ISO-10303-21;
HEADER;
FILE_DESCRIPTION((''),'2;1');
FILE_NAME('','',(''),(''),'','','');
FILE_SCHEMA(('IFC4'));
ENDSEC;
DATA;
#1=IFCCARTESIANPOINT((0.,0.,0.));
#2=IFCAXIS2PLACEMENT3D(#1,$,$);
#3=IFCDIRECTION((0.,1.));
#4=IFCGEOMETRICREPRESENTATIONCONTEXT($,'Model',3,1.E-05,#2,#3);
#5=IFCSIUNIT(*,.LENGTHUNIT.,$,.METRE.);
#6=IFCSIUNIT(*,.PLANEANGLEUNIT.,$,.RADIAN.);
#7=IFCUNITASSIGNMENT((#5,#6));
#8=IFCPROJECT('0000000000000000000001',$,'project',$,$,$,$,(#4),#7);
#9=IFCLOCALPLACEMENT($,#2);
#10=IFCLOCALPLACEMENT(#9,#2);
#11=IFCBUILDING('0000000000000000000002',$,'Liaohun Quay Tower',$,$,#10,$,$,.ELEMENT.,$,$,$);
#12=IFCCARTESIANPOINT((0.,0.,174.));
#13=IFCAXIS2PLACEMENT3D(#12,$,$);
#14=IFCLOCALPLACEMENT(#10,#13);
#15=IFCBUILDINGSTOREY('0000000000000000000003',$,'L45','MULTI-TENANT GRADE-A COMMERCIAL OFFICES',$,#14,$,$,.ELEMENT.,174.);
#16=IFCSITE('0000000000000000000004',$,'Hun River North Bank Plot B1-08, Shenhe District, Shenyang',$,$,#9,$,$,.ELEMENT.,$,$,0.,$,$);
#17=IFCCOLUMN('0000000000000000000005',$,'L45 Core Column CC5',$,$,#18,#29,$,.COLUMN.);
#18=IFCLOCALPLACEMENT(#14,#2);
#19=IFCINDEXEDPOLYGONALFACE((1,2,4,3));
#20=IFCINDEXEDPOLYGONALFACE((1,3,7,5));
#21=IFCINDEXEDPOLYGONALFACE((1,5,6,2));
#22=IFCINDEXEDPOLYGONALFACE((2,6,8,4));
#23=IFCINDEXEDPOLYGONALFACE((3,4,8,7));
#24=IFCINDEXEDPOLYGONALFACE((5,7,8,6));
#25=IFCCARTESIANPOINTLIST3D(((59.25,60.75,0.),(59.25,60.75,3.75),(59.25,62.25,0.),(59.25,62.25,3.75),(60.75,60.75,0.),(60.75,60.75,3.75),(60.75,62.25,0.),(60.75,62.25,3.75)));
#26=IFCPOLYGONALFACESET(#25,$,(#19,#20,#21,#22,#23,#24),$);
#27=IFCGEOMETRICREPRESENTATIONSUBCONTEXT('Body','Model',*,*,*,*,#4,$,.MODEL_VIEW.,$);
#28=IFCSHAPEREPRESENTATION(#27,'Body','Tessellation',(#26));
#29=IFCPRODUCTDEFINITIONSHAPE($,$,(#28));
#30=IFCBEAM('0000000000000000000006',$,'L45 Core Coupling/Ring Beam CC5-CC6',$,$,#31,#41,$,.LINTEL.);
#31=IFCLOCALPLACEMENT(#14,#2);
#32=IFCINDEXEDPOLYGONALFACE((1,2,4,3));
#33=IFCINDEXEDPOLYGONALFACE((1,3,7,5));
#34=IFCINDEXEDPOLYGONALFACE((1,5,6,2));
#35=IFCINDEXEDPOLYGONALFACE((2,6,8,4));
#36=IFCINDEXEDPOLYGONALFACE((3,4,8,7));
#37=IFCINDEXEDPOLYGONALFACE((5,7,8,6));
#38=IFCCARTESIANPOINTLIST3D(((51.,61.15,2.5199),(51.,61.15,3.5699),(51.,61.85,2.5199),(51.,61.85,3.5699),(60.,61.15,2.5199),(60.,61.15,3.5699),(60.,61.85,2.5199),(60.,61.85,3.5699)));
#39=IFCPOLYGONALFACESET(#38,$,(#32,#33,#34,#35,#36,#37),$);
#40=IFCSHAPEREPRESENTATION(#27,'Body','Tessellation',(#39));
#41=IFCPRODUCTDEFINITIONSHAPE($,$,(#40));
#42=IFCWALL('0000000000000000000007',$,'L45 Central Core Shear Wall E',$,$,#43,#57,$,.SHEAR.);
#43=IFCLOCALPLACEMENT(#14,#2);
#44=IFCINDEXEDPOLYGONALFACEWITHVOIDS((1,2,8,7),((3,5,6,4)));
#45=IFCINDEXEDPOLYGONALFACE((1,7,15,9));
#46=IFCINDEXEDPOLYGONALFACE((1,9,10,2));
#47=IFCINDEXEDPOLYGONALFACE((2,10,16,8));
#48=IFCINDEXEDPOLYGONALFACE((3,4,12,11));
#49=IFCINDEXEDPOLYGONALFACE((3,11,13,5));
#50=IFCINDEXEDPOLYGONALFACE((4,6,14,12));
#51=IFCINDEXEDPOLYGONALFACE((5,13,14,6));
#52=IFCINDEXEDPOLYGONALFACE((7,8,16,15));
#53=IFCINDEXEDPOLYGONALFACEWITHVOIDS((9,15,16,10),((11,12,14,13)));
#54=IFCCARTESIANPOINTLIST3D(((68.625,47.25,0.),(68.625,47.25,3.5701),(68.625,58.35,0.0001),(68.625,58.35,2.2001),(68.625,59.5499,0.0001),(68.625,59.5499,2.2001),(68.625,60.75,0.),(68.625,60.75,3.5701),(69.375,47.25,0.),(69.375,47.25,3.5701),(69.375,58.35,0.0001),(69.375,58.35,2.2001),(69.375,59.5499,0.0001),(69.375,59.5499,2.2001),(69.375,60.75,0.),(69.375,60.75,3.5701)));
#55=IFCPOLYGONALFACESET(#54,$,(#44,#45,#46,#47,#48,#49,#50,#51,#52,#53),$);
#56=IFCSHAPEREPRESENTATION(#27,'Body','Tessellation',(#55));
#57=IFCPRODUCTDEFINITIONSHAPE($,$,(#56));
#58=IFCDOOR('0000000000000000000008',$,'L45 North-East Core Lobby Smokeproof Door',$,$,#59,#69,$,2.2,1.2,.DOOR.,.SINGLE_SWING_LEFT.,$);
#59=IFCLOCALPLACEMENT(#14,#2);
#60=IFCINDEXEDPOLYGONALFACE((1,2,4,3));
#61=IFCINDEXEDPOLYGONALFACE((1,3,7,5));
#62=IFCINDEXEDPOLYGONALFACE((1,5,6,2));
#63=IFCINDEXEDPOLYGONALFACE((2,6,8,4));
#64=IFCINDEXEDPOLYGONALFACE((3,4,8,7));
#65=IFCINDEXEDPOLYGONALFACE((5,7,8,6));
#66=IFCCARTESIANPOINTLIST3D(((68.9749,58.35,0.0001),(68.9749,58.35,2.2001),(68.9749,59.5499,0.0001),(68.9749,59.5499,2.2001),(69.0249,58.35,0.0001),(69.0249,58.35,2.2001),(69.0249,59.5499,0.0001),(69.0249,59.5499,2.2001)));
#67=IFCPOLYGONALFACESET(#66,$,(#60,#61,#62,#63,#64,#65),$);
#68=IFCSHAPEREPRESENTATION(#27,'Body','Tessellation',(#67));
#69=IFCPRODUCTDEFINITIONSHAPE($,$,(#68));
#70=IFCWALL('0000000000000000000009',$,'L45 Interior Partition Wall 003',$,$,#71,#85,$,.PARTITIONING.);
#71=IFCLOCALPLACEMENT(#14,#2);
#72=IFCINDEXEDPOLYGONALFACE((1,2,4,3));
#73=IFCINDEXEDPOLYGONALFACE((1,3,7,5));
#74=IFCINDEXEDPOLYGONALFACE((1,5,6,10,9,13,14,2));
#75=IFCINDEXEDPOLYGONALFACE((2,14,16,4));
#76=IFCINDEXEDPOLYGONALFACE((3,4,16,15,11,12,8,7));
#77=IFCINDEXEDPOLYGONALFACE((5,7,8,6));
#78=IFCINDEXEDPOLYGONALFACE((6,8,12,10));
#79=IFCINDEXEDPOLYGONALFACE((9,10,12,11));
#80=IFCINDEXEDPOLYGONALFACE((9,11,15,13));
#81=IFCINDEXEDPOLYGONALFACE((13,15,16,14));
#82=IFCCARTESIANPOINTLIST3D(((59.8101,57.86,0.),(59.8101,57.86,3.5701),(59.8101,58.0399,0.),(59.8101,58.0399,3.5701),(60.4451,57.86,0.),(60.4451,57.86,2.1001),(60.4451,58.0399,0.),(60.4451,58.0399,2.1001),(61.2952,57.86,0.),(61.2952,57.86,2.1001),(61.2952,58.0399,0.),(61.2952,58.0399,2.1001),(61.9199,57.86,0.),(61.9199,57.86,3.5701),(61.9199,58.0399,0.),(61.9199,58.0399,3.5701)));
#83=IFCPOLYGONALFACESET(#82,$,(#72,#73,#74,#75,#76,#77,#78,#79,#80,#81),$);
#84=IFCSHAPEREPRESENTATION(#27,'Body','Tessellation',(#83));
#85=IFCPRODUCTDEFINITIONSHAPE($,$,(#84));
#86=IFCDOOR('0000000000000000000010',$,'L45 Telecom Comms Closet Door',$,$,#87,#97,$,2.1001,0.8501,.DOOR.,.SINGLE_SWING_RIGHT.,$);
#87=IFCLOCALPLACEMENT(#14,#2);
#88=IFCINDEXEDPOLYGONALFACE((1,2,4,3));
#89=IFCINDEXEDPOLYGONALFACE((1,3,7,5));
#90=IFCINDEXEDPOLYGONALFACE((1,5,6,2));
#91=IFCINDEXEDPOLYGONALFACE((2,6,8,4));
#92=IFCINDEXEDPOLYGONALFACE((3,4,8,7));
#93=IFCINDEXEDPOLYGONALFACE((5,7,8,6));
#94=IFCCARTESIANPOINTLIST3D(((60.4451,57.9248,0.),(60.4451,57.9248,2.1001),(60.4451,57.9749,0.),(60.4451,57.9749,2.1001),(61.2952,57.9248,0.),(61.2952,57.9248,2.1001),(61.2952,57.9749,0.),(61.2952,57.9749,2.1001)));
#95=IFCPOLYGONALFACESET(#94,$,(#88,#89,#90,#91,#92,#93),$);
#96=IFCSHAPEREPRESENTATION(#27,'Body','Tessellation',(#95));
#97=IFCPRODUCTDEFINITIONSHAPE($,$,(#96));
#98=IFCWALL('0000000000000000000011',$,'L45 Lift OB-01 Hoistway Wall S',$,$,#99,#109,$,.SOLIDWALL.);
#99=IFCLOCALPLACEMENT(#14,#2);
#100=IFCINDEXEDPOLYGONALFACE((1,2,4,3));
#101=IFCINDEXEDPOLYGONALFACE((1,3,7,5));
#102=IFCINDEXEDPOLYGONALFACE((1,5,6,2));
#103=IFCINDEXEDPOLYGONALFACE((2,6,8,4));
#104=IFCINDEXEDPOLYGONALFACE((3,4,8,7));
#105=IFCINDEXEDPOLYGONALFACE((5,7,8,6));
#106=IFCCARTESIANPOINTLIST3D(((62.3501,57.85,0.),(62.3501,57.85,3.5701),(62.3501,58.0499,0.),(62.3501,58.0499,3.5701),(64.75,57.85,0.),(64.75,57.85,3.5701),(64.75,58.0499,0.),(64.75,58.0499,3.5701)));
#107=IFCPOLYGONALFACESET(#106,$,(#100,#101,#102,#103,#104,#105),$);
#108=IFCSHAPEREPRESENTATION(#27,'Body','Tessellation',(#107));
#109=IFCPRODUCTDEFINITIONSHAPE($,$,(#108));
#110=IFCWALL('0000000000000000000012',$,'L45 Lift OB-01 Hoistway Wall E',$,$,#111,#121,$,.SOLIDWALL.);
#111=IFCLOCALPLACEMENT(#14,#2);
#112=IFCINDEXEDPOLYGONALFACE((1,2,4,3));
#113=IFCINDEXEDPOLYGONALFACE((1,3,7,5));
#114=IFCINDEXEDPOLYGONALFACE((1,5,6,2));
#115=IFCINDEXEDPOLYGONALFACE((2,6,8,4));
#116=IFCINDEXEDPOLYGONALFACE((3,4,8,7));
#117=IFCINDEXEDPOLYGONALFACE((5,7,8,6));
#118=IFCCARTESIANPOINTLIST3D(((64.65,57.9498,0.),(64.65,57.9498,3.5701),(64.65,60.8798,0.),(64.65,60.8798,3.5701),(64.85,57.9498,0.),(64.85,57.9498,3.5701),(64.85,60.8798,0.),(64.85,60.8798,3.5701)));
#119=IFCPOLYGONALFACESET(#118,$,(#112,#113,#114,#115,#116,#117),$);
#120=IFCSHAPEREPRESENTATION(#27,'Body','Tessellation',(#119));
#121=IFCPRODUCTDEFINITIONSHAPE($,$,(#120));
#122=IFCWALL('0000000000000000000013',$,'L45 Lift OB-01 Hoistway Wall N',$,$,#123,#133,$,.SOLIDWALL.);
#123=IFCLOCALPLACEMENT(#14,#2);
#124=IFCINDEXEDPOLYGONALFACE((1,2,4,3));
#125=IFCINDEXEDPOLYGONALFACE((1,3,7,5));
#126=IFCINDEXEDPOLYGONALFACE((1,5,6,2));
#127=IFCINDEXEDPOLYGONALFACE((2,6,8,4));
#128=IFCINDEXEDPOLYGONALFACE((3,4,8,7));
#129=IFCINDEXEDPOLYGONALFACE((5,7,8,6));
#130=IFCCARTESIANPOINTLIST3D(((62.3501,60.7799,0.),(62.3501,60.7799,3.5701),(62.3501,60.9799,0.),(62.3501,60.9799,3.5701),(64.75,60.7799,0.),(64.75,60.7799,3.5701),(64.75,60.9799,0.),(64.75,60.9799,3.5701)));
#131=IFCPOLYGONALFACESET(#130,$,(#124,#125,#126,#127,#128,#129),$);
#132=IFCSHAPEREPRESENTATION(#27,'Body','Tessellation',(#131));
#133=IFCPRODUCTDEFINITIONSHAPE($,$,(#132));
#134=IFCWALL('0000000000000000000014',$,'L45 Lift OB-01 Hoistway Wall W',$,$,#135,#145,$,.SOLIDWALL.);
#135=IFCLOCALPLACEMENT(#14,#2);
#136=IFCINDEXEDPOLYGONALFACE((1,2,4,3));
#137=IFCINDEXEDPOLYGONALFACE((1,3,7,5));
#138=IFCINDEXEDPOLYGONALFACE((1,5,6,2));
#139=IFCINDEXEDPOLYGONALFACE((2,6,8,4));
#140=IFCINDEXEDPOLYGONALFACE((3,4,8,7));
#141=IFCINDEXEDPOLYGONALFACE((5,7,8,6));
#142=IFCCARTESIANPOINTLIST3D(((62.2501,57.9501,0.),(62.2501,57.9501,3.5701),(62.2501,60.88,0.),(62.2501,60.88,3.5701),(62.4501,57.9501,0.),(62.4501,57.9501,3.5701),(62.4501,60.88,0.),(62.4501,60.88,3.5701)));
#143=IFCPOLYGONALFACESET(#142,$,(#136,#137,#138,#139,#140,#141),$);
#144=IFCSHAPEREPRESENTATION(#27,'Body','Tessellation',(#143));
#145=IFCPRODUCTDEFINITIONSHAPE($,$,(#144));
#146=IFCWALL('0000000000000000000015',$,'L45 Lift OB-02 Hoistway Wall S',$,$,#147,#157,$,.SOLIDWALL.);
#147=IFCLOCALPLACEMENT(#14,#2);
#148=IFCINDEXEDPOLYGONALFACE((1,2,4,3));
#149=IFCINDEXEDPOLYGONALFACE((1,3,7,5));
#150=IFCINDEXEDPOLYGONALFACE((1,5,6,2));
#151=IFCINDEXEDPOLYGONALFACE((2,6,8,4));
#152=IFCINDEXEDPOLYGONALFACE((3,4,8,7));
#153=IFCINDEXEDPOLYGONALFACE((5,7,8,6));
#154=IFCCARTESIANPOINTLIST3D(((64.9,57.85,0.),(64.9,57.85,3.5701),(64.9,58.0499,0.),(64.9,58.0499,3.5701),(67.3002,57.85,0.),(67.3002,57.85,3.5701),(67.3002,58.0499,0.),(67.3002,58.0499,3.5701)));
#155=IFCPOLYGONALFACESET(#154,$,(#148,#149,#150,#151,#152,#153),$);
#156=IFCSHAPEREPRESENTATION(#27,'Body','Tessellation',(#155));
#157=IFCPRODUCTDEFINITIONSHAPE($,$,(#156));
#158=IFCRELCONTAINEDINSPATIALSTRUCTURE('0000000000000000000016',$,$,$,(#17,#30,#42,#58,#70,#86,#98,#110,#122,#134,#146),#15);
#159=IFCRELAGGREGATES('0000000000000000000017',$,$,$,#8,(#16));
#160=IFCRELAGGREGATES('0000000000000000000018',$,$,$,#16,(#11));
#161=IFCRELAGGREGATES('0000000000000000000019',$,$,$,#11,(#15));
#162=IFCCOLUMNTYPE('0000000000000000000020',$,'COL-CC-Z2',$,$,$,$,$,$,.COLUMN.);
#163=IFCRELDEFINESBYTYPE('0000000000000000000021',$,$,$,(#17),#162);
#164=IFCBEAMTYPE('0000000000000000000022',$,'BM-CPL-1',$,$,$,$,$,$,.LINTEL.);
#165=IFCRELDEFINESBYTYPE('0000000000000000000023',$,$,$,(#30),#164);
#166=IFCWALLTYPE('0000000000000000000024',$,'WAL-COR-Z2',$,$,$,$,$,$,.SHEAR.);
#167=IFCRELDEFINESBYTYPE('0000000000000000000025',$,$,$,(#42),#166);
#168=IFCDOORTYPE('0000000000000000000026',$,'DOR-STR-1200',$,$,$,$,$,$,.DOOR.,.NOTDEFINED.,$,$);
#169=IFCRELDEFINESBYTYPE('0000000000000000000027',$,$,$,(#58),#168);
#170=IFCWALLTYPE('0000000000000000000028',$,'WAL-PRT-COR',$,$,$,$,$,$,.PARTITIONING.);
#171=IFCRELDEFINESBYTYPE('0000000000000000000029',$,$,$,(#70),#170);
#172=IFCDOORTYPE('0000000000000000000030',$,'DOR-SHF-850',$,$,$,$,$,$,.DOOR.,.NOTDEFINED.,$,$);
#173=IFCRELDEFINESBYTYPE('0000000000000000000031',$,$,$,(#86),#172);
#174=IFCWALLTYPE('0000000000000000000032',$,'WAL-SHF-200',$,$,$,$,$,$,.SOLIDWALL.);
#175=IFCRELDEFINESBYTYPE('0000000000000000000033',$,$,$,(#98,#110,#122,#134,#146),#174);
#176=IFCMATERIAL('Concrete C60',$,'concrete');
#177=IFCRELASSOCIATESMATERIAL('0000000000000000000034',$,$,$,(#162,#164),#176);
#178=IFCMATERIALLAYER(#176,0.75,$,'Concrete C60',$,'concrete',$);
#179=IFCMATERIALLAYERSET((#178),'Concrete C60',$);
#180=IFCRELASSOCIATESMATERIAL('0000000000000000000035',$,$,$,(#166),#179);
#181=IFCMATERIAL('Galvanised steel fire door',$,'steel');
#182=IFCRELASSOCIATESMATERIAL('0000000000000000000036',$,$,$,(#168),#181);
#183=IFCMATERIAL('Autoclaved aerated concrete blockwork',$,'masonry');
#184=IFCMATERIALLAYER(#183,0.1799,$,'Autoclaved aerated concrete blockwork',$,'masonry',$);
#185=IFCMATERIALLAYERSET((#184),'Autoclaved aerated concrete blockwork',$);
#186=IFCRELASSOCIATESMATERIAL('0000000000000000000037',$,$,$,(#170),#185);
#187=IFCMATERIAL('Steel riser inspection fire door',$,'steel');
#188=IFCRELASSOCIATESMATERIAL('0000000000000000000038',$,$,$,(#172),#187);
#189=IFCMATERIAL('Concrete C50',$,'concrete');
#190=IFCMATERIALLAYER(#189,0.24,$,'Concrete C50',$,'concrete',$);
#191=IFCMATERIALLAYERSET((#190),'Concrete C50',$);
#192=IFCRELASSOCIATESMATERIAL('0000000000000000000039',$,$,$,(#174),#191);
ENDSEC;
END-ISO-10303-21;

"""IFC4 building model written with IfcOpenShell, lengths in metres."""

from ifc_helpers import new_model, si_unit, direction, frame, frame_2d, origin, origin_2d, place, context, subcontext, project, spatial, rectangle, extrude, source, transform, mapped, material, layer, layer_set, material_profile, profile_set, type_object, element, fill, save


model = new_model("IFC4")

# Units and contexts
model_context = context("Model", 3, precision=1e-05, world=origin(), true_north=direction((0.0, 1.0)))
body_context = subcontext(model_context, "Body", "Model", "MODEL_VIEW")
ifc_project = project(units=[si_unit("LENGTHUNIT", "METRE"), si_unit("PLANEANGLEUNIT", "RADIAN")], contexts=[model_context])

# Site, building, storey
site_placement = place(None, origin())
site = spatial("IfcSite", under=ifc_project, at=site_placement, Name="Hun River North Bank Plot B1-08, Shenhe District, Shenyang", CompositionType="ELEMENT", RefElevation=0.0)
building_placement = place(site_placement, origin())
building = spatial("IfcBuilding", under=site, at=building_placement, Name="Liaohun Quay Tower", CompositionType="ELEMENT")
storey_placement = place(building_placement, frame((0.0, 0.0, 174.0)))
storey = spatial("IfcBuildingStorey", under=building, at=storey_placement, Name="L45", Description="MULTI-TENANT GRADE-A COMMERCIAL OFFICES", CompositionType="ELEMENT", Elevation=174.0)

# Column
ifc_material_1 = material(Name="Concrete C60", Category="concrete")
ifc_material_profile_1 = material_profile(ifc_material_1, rectangle(XDim=1.5, YDim=1.5, at=origin_2d()), Name="RC1500x1500")
ifc_profile_set_1 = profile_set([ifc_material_profile_1], Name="Concrete C60")
column_type = type_object("IfcColumnType", Name="COL-CC-Z2", PredefinedType="COLUMN", material=ifc_profile_set_1)
shared_shape_1 = source(origin(), body_context, "Body", "SweptSolid", [
    extrude(rectangle(XDim=1.5, YDim=1.5, at=origin_2d()), origin(), (0.0, 0.0, 1.0), 3.75),
])
column_placement = place(storey_placement, frame((60.0, 61.5, 0.0), z_axis=(0.0, 0.0, 1.0), x_axis=(1.0, 0.0, 0.0)))
element("IfcColumn", 1, at=column_placement, inside=storey, type_object=column_type, Name="L45 Core Column CC5", PredefinedType="COLUMN", context=body_context, shape_type="MappedRepresentation", body=[
    mapped(shared_shape_1, transform((0.0, 0.0, 0.0), x_axis=(1.0, 0.0, 0.0), y_axis=(0.0, 1.0, 0.0), z_axis=(0.0, 0.0, 1.0), scale=1.0)),
])

# Beam
ifc_material_profile_2 = material_profile(ifc_material_1, rectangle(XDim=0.7, YDim=1.05, at=origin_2d()), Name="RC700x1050")
ifc_profile_set_2 = profile_set([ifc_material_profile_2], Name="Concrete C60")
beam_type = type_object("IfcBeamType", Name="BM-CPL-1", PredefinedType="LINTEL", material=ifc_profile_set_2)
shared_shape_2 = source(origin(), body_context, "Body", "SweptSolid", [
    extrude(rectangle(XDim=0.7, YDim=1.05, at=origin_2d()), origin(), (0.0, 0.0, 1.0), 9.0),
])
beam_placement = place(storey_placement, frame((60.0, 61.5, 3.0449), z_axis=(-1.0, 0.0, 0.0), x_axis=(0.0, -1.0, 0.0)))
element("IfcBeam", 2, at=beam_placement, inside=storey, type_object=beam_type, Name="L45 Core Coupling/Ring Beam CC5-CC6", PredefinedType="LINTEL", context=body_context, shape_type="MappedRepresentation", body=[
    mapped(shared_shape_2, transform((0.0, 0.0, 0.0), x_axis=(1.0, 0.0, 0.0), y_axis=(0.0, 1.0, 0.0), z_axis=(0.0, 0.0, 1.0), scale=1.0)),
])

# Walls, openings, doors
ifc_layer_1 = layer(ifc_material_1, 0.75, Name="Concrete C60", Category="concrete")
ifc_layer_set_1 = layer_set([ifc_layer_1], Name="Concrete C60")
wall_type_1 = type_object("IfcWallType", Name="WAL-COR-Z2", PredefinedType="SHEAR", material=ifc_layer_set_1)
wall_1_placement = place(storey_placement, frame((69.0, 60.75, 0.0), z_axis=(0.0, 0.0, 1.0), x_axis=(0.0, -1.0, 0.0)))
wall_1 = element("IfcWall", 3, at=wall_1_placement, inside=storey, type_object=wall_type_1, Name="L45 Central Core Shear Wall E", PredefinedType="SHEAR", context=body_context, shape_type="SweptSolid", body=[
    extrude(rectangle(XDim=13.5, YDim=0.75, at=frame_2d((6.75, 0.0))), origin(), (0.0, 0.0, 1.0), 3.5701),
])
shared_shape_3 = source(origin(), body_context, "Body", "SweptSolid", [
    extrude(rectangle(XDim=1.2, YDim=2.2, at=frame_2d((0.6001, 1.1001))), frame((0.0, 0.385, 0.0), z_axis=(0.0, -1.0, 0.0), x_axis=(1.0, 0.0, 0.0)), (0.0, 0.0, 1.0), 0.77),
])
opening_1_placement = place(wall_1_placement, frame((1.2, 0.0, 0.0)))
opening_1 = element("IfcOpeningElement", 4, at=opening_1_placement, cuts=wall_1, PredefinedType="OPENING", context=body_context, shape_type="MappedRepresentation", body=[
    mapped(shared_shape_3, transform((0.0, 0.0, 0.0), x_axis=(1.0, 0.0, 0.0), y_axis=(0.0, 1.0, 0.0), z_axis=(0.0, 0.0, 1.0), scale=1.0)),
])
ifc_material_2 = material(Name="Galvanised steel fire door", Category="steel")
door_type_1 = type_object("IfcDoorType", Name="DOR-STR-1200", OperationType="NOTDEFINED", PredefinedType="DOOR", material=ifc_material_2)
shared_shape_4 = source(origin(), body_context, "Body", "SweptSolid", [
    extrude(rectangle(XDim=1.2, YDim=2.2, at=frame_2d((0.6001, 1.1001))), frame((0.0, 0.0249, 0.0), z_axis=(0.0, -1.0, 0.0), x_axis=(1.0, 0.0, 0.0)), (0.0, 0.0, 1.0), 0.05),
])
door_1_placement = place(opening_1_placement, origin())
door_1 = element("IfcDoor", 5, at=door_1_placement, inside=storey, type_object=door_type_1, Name="L45 North-East Core Lobby Smokeproof Door", OperationType="SINGLE_SWING_LEFT", OverallHeight=2.2, OverallWidth=1.2, PredefinedType="DOOR", context=body_context, shape_type="MappedRepresentation", body=[
    mapped(shared_shape_4, transform((0.0, 0.0, 0.0), x_axis=(1.0, 0.0, 0.0), y_axis=(0.0, 1.0, 0.0), z_axis=(0.0, 0.0, 1.0), scale=1.0)),
])
fill(opening_1, door_1)
ifc_material_3 = material(Name="Autoclaved aerated concrete blockwork", Category="masonry")
ifc_layer_2 = layer(ifc_material_3, 0.1799, Name="Autoclaved aerated concrete blockwork", Category="masonry")
ifc_layer_set_2 = layer_set([ifc_layer_2], Name="Autoclaved aerated concrete blockwork")
wall_type_2 = type_object("IfcWallType", Name="WAL-PRT-COR", PredefinedType="PARTITIONING", material=ifc_layer_set_2)
wall_2_placement = place(storey_placement, frame((59.8101, 57.95, 0.0), z_axis=(0.0, 0.0, 1.0), x_axis=(1.0, 0.0, 0.0)))
wall_2 = element("IfcWall", 6, at=wall_2_placement, inside=storey, type_object=wall_type_2, Name="L45 Interior Partition Wall 003", PredefinedType="PARTITIONING", context=body_context, shape_type="SweptSolid", body=[
    extrude(rectangle(XDim=2.1099, YDim=0.1799, at=frame_2d((1.0549, 0.0))), origin(), (0.0, 0.0, 1.0), 3.5701),
])
shared_shape_5 = source(origin(), body_context, "Body", "SweptSolid", [
    extrude(rectangle(XDim=0.8501, YDim=2.1001, at=frame_2d((0.425, 1.05))), frame((0.0, 0.0999, 0.0), z_axis=(0.0, -1.0, 0.0), x_axis=(1.0, 0.0, 0.0)), (0.0, 0.0, 1.0), 0.2),
])
opening_2_placement = place(wall_2_placement, frame((0.635, 0.0, 0.0)))
opening_2 = element("IfcOpeningElement", 7, at=opening_2_placement, cuts=wall_2, PredefinedType="OPENING", context=body_context, shape_type="MappedRepresentation", body=[
    mapped(shared_shape_5, transform((0.0, 0.0, 0.0), x_axis=(1.0, 0.0, 0.0), y_axis=(0.0, 1.0, 0.0), z_axis=(0.0, 0.0, 1.0), scale=1.0)),
])
ifc_material_4 = material(Name="Steel riser inspection fire door", Category="steel")
door_type_2 = type_object("IfcDoorType", Name="DOR-SHF-850", OperationType="NOTDEFINED", PredefinedType="DOOR", material=ifc_material_4)
shared_shape_6 = source(origin(), body_context, "Body", "SweptSolid", [
    extrude(rectangle(XDim=0.8501, YDim=2.1001, at=frame_2d((0.425, 1.05))), frame((0.0, 0.0249, 0.0), z_axis=(0.0, -1.0, 0.0), x_axis=(1.0, 0.0, 0.0)), (0.0, 0.0, 1.0), 0.05),
])
door_2_placement = place(opening_2_placement, origin())
door_2 = element("IfcDoor", 8, at=door_2_placement, inside=storey, type_object=door_type_2, Name="L45 Telecom Comms Closet Door", OperationType="SINGLE_SWING_RIGHT", OverallHeight=2.1001, OverallWidth=0.8501, PredefinedType="DOOR", context=body_context, shape_type="MappedRepresentation", body=[
    mapped(shared_shape_6, transform((0.0, 0.0, 0.0), x_axis=(1.0, 0.0, 0.0), y_axis=(0.0, 1.0, 0.0), z_axis=(0.0, 0.0, 1.0), scale=1.0)),
])
fill(opening_2, door_2)

# Walls
ifc_material_5 = material(Name="Concrete C50", Category="concrete")
ifc_layer_3 = layer(ifc_material_5, 0.24, Name="Concrete C50", Category="concrete")
ifc_layer_set_3 = layer_set([ifc_layer_3], Name="Concrete C50")
wall_type_3 = type_object("IfcWallType", Name="WAL-SHF-200", PredefinedType="SOLIDWALL", material=ifc_layer_set_3)
wall_3_placement = place(storey_placement, frame((62.3501, 57.95, 0.0), z_axis=(0.0, 0.0, 1.0), x_axis=(1.0, 0.0, 0.0)))
element("IfcWall", 9, at=wall_3_placement, inside=storey, type_object=wall_type_3, Name="L45 Lift OB-01 Hoistway Wall S", PredefinedType="SOLIDWALL", context=body_context, shape_type="SweptSolid", body=[
    extrude(rectangle(XDim=2.3999, YDim=0.2, at=frame_2d((1.2, 0.0))), origin(), (0.0, 0.0, 1.0), 3.5701),
])
wall_4_placement = place(storey_placement, frame((64.75, 57.95, 0.0), z_axis=(0.0, 0.0, 1.0), x_axis=(0.0, 1.0, 0.0)))
element("IfcWall", 10, at=wall_4_placement, inside=storey, type_object=wall_type_3, Name="L45 Lift OB-01 Hoistway Wall E", PredefinedType="SOLIDWALL", context=body_context, shape_type="SweptSolid", body=[
    extrude(rectangle(XDim=2.9299, YDim=0.2, at=frame_2d((1.4648, 0.0))), origin(), (0.0, 0.0, 1.0), 3.5701),
])
wall_5_placement = place(storey_placement, frame((64.75, 60.8799, 0.0), z_axis=(0.0, 0.0, 1.0), x_axis=(-1.0, 0.0, 0.0)))
element("IfcWall", 11, at=wall_5_placement, inside=storey, type_object=wall_type_3, Name="L45 Lift OB-01 Hoistway Wall N", PredefinedType="SOLIDWALL", context=body_context, shape_type="SweptSolid", body=[
    extrude(rectangle(XDim=2.3999, YDim=0.2, at=frame_2d((1.2, 0.0))), origin(), (0.0, 0.0, 1.0), 3.5701),
])
wall_6_placement = place(storey_placement, frame((62.3501, 60.8799, 0.0), z_axis=(0.0, 0.0, 1.0), x_axis=(0.0, -1.0, 0.0)))
element("IfcWall", 12, at=wall_6_placement, inside=storey, type_object=wall_type_3, Name="L45 Lift OB-01 Hoistway Wall W", PredefinedType="SOLIDWALL", context=body_context, shape_type="SweptSolid", body=[
    extrude(rectangle(XDim=2.9299, YDim=0.2, at=frame_2d((1.4648, 0.0))), origin(), (0.0, 0.0, 1.0), 3.5701),
])
wall_7_placement = place(storey_placement, frame((64.8999, 57.95, 0.0), z_axis=(0.0, 0.0, 1.0), x_axis=(1.0, 0.0, 0.0)))
element("IfcWall", 13, at=wall_7_placement, inside=storey, type_object=wall_type_3, Name="L45 Lift OB-02 Hoistway Wall S", PredefinedType="SOLIDWALL", context=body_context, shape_type="SweptSolid", body=[
    extrude(rectangle(XDim=2.4001, YDim=0.2, at=frame_2d((1.2002, 0.0))), origin(), (0.0, 0.0, 1.0), 3.5701),
])

save(model, "model.ifc")
